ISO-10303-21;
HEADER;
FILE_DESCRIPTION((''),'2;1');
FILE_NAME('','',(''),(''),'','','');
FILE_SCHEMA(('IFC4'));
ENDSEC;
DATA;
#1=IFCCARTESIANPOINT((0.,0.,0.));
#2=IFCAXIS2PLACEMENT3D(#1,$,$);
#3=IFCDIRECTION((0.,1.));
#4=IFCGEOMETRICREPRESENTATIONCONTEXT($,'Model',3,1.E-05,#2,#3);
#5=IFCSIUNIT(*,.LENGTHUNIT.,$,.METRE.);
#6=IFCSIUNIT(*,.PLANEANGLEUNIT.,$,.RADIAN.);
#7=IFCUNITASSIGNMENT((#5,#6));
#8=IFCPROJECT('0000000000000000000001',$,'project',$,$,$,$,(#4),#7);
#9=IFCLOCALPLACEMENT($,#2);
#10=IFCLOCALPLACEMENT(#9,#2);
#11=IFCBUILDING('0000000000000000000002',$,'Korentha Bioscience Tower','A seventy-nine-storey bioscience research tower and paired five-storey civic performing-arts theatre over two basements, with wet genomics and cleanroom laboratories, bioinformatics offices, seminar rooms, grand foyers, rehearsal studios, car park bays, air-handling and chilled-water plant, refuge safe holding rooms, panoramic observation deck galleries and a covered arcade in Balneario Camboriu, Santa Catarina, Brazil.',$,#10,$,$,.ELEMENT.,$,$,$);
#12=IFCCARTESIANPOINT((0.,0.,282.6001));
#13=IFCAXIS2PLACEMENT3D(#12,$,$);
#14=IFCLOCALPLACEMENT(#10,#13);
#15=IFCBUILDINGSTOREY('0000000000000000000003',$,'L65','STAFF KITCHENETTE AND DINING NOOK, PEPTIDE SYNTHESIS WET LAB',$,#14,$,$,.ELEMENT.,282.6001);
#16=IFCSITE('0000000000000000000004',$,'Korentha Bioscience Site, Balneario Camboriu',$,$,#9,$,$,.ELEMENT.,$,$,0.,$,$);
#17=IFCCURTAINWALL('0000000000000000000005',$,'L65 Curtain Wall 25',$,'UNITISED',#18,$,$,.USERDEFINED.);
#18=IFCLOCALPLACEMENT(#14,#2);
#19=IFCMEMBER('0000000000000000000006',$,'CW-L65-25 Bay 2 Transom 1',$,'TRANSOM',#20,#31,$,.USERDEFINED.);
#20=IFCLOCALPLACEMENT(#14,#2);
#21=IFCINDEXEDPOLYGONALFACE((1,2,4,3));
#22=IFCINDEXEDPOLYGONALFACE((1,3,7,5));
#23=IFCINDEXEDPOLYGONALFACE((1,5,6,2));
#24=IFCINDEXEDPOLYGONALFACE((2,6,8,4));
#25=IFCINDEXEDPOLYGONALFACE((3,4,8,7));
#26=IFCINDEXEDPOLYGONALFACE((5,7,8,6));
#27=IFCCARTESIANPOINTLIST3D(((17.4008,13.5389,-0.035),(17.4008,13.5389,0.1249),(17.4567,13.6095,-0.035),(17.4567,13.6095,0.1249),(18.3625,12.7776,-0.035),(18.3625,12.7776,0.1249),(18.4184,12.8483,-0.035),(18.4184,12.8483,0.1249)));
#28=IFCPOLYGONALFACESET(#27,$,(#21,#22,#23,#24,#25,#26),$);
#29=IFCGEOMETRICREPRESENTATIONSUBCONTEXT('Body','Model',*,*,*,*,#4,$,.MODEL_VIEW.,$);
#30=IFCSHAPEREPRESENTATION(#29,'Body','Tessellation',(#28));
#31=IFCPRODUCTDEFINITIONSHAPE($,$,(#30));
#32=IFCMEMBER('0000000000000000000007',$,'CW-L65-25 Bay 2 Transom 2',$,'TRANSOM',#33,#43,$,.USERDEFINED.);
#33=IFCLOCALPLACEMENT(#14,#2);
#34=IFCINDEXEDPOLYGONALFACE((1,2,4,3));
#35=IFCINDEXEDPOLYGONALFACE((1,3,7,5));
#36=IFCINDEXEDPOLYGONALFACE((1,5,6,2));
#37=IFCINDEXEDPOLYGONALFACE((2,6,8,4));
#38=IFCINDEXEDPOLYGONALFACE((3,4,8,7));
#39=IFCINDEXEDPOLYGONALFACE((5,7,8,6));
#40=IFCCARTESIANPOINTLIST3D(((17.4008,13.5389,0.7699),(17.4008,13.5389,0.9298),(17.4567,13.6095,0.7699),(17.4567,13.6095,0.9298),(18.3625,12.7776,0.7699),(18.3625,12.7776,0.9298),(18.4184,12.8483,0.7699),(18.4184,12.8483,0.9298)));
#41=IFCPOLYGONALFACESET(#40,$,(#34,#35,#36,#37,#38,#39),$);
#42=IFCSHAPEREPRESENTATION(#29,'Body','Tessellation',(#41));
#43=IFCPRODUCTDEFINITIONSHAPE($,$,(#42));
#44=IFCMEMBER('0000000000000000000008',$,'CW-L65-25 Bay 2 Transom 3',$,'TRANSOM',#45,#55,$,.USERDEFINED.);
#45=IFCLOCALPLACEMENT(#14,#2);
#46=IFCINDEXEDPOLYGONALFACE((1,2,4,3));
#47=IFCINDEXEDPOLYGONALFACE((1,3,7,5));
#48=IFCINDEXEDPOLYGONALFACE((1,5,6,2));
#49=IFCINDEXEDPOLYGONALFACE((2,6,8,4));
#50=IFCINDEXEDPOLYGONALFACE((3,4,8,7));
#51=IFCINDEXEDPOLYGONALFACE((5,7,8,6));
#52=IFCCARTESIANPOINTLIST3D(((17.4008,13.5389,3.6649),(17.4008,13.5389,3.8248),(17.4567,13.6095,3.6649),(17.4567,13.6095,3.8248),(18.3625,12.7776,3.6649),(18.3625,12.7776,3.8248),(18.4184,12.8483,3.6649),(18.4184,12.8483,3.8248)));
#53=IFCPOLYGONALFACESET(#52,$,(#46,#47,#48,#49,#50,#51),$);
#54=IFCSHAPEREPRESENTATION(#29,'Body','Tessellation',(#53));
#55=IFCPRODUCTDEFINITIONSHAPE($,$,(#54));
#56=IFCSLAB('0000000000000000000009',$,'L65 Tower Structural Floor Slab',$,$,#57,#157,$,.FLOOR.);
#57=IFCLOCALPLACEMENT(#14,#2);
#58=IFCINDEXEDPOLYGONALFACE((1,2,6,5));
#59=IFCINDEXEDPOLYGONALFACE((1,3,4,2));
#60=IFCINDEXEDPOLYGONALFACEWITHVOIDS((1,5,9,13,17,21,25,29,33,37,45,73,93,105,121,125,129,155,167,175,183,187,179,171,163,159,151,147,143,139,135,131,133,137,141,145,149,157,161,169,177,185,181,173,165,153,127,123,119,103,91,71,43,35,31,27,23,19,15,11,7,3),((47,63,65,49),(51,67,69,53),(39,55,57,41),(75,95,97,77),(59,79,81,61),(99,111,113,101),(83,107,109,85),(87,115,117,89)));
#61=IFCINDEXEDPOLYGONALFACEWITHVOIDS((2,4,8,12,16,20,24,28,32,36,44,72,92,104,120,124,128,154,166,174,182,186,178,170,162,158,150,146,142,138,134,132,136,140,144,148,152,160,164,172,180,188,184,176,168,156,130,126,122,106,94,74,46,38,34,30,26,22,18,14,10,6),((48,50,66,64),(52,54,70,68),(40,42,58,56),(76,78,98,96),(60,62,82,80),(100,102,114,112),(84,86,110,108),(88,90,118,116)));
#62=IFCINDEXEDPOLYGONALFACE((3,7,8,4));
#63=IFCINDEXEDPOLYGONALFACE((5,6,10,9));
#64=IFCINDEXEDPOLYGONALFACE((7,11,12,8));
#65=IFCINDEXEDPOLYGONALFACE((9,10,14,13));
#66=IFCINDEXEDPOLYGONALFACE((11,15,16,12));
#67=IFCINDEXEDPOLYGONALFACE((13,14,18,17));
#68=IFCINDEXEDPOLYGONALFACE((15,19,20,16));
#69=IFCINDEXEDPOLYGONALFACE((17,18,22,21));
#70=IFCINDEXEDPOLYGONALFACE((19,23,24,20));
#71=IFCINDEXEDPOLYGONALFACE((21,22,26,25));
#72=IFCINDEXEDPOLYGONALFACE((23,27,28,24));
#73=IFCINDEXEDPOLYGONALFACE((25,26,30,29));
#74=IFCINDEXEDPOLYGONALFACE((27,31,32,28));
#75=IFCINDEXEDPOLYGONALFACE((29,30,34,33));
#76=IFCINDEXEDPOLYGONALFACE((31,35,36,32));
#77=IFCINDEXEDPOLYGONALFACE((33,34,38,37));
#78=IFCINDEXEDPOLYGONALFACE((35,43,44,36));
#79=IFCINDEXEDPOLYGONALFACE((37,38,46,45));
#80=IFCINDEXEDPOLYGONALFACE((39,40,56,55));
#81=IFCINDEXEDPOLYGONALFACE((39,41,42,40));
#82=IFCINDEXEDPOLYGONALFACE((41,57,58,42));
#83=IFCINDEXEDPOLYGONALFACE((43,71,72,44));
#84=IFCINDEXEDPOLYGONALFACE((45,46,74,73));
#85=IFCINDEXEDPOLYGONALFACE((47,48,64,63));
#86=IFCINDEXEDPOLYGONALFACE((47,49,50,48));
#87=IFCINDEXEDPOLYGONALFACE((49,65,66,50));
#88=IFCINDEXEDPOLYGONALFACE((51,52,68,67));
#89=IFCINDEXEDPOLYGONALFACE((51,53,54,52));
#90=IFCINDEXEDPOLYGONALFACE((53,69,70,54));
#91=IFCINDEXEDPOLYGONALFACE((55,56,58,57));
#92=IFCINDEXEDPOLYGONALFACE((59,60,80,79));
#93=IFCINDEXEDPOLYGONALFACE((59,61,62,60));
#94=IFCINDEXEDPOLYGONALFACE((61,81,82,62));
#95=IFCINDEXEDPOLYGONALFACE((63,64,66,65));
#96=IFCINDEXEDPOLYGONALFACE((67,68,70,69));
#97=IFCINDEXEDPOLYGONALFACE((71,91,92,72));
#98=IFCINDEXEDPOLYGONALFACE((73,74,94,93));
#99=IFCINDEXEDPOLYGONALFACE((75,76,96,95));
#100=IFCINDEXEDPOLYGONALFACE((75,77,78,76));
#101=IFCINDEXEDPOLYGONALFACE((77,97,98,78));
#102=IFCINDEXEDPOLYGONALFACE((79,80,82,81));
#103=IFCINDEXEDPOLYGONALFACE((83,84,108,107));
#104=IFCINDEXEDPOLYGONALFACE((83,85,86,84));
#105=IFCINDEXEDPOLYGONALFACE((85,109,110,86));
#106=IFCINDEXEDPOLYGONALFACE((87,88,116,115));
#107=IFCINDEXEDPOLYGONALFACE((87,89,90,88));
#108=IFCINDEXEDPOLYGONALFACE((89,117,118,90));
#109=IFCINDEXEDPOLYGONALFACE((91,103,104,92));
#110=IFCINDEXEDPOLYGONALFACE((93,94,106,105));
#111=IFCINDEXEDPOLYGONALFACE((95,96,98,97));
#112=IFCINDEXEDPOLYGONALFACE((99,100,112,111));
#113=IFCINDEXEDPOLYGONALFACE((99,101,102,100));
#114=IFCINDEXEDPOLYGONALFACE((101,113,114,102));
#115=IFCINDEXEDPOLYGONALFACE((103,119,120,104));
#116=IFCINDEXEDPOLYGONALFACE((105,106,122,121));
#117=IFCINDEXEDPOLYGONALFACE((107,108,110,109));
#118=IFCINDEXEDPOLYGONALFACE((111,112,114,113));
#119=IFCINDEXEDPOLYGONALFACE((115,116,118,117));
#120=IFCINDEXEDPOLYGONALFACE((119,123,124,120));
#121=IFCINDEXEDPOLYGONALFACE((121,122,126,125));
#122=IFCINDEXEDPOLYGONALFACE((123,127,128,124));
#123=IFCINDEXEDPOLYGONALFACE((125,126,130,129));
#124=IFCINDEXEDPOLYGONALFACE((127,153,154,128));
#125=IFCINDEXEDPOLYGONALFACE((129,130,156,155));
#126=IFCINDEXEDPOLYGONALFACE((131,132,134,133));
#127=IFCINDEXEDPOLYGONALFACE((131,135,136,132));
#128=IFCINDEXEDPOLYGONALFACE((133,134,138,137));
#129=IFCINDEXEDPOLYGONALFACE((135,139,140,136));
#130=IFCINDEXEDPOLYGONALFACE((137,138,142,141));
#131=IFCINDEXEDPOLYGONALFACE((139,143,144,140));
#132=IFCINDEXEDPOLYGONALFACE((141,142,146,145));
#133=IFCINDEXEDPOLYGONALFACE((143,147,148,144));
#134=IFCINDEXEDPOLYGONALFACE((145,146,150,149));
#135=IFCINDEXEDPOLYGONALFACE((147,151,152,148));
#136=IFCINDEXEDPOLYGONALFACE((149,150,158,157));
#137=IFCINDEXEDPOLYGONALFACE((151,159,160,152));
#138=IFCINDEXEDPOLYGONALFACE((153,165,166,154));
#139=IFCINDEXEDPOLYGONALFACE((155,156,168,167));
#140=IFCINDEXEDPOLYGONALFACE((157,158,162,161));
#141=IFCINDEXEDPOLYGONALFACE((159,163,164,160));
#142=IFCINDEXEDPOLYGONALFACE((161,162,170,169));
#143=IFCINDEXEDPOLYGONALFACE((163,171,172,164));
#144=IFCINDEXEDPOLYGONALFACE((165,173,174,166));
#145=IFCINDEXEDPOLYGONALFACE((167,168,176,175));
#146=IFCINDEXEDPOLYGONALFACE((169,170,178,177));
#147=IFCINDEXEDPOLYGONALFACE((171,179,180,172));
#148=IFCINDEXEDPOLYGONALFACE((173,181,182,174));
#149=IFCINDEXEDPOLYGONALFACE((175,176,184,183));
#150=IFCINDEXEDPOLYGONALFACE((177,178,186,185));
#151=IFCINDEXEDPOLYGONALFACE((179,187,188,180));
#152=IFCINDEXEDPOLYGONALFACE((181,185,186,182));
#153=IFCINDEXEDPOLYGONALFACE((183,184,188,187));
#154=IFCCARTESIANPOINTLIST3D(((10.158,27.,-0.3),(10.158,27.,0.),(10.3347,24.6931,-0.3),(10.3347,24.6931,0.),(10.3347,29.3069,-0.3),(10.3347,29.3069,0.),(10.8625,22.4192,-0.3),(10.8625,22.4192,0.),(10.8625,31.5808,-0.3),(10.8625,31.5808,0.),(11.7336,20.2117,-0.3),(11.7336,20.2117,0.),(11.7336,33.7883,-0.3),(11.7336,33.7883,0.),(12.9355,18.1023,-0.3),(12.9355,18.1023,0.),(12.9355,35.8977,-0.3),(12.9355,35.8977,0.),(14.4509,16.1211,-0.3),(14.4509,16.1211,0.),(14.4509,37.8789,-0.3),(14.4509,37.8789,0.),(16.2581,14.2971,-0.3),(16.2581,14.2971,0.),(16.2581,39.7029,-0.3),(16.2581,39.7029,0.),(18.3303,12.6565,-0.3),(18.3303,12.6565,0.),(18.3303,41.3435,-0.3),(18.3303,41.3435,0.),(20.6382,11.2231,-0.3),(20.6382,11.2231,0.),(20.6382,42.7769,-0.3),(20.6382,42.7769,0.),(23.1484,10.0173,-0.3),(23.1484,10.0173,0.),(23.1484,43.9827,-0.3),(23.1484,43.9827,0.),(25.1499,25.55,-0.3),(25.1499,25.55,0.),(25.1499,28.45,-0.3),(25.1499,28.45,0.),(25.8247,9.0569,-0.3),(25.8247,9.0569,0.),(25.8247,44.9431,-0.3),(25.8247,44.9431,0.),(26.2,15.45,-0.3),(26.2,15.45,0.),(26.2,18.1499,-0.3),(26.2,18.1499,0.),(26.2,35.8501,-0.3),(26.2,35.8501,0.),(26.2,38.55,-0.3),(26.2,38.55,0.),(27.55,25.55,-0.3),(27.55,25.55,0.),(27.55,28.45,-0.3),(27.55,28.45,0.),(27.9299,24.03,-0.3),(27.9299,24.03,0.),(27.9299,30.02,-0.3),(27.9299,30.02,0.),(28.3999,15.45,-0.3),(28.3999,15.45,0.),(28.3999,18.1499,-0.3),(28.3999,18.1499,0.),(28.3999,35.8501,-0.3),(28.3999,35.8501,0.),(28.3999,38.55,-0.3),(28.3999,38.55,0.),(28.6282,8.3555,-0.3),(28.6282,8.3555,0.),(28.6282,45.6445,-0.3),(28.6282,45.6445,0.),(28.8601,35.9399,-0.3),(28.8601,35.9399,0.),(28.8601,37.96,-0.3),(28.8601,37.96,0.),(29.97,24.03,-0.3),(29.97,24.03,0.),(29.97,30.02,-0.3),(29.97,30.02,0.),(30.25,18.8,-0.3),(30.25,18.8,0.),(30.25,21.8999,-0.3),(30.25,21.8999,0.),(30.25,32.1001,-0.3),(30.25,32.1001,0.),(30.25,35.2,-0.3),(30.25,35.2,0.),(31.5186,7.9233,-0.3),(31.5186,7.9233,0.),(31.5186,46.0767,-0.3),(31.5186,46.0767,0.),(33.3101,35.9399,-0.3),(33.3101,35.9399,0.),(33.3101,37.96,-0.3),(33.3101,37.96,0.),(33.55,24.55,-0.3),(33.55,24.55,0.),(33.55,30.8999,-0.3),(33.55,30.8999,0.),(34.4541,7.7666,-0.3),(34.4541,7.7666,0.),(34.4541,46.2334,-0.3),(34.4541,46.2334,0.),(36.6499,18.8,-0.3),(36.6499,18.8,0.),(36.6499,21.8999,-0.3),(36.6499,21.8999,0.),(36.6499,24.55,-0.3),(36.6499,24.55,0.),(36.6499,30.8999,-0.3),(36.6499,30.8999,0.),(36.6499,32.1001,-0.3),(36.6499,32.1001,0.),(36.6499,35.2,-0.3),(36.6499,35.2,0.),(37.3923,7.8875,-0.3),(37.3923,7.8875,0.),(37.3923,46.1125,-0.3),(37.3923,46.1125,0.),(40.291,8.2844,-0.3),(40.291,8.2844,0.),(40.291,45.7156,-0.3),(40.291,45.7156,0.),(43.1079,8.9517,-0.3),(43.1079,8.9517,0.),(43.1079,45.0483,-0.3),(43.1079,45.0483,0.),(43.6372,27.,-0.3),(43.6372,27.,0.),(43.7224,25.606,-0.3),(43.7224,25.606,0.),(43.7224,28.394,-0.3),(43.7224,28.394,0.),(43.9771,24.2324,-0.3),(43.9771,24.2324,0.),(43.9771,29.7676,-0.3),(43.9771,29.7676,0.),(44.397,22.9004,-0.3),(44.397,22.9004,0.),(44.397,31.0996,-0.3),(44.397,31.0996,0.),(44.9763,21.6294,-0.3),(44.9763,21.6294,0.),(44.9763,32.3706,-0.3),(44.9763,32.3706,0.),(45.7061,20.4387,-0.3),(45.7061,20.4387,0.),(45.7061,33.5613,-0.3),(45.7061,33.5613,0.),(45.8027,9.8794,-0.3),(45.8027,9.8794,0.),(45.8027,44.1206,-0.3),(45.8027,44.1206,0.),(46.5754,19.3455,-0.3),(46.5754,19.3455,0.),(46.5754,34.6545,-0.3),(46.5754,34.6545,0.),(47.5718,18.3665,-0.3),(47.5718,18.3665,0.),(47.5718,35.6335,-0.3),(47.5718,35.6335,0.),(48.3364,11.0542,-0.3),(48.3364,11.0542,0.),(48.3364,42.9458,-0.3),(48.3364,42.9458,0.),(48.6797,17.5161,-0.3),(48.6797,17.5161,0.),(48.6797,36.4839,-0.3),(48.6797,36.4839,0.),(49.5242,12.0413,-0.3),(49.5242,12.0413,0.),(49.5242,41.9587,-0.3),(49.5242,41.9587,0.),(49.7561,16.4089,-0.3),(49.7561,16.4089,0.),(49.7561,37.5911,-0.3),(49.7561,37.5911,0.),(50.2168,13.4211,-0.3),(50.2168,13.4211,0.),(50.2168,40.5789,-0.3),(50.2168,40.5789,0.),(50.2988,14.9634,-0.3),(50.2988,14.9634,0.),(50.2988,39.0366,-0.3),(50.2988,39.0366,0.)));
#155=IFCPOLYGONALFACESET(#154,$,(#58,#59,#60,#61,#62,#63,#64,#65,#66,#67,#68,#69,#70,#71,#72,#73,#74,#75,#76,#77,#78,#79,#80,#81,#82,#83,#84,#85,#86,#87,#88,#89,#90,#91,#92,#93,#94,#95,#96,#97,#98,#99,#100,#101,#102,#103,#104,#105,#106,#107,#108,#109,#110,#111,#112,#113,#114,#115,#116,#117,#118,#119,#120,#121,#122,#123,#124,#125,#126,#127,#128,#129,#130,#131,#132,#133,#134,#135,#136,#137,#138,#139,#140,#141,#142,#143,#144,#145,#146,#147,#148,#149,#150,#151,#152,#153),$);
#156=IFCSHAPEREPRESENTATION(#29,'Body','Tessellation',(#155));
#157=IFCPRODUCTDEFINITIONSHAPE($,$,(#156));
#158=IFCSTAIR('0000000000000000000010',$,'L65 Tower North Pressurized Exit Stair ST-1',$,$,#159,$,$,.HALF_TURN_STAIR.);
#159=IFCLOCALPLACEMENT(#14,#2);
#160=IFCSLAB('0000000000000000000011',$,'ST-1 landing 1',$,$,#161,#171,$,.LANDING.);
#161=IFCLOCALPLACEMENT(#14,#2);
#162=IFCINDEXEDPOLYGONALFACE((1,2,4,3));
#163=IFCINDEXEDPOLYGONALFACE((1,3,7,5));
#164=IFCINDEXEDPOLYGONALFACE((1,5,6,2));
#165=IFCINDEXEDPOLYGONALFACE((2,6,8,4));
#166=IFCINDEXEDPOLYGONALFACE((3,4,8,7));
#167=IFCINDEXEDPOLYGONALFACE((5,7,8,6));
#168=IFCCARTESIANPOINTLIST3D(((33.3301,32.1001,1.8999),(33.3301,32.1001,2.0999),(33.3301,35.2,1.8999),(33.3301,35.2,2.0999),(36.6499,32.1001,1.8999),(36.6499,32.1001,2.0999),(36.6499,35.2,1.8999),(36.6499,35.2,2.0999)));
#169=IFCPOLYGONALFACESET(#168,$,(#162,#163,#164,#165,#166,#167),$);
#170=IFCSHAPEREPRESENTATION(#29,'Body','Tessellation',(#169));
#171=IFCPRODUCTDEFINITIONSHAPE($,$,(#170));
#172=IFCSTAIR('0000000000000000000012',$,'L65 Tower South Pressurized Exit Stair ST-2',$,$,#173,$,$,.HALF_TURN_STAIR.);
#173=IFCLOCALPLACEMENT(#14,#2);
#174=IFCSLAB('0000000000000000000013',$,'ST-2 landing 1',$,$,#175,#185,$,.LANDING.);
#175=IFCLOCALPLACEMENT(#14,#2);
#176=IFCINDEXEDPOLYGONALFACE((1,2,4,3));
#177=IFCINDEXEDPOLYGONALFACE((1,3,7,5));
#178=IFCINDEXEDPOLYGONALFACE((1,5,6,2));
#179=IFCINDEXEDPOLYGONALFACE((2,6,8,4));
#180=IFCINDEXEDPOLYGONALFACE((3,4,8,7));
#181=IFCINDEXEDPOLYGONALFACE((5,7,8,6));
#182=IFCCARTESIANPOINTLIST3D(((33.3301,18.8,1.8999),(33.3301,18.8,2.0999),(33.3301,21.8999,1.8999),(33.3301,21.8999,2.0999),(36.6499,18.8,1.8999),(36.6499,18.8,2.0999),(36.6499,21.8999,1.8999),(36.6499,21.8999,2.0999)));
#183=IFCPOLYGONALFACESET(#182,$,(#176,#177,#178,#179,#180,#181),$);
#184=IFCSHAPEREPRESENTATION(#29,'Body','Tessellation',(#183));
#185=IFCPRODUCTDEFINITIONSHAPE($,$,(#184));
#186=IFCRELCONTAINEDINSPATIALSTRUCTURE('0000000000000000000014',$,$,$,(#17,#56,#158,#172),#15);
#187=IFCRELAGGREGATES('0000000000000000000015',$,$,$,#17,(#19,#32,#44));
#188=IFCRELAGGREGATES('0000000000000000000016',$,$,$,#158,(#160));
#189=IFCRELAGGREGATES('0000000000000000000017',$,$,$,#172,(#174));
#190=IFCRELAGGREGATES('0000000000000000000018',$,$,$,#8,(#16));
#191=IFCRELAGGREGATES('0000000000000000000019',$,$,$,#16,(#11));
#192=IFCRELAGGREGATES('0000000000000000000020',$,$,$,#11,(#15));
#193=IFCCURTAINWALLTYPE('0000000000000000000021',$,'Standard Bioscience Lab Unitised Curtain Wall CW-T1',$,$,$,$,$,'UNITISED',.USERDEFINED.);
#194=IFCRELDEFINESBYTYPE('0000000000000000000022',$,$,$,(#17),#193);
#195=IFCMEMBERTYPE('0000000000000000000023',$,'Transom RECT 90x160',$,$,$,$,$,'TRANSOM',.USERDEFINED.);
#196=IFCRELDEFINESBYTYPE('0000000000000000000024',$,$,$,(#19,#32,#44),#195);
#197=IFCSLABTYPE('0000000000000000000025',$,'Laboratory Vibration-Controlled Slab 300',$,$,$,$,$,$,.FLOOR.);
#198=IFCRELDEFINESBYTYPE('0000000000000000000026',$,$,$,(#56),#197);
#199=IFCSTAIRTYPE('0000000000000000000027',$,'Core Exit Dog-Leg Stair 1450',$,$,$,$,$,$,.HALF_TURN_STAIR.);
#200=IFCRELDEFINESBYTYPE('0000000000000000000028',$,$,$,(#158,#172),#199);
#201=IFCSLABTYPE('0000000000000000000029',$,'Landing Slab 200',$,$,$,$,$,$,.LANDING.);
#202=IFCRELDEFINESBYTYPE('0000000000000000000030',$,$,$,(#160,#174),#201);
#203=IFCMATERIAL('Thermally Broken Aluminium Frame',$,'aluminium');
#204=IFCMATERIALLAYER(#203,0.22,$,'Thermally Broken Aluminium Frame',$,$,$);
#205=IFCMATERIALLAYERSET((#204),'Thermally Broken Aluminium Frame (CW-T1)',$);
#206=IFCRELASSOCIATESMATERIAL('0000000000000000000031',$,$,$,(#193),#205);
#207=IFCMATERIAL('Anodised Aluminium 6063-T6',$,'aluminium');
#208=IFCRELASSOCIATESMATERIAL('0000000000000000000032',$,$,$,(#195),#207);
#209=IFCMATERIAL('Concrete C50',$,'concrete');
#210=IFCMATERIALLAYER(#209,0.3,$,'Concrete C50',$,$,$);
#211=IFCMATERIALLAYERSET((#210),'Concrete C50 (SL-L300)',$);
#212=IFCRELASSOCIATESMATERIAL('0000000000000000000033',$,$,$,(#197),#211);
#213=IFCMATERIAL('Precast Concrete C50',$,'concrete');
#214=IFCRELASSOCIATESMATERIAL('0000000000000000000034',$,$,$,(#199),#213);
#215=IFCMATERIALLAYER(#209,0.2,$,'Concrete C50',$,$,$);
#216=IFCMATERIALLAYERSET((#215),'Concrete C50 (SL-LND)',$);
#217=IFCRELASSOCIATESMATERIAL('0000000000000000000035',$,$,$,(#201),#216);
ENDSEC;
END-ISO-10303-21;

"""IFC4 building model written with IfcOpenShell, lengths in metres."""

from ifc_helpers import new_model, si_unit, direction, frame, origin, origin_2d, place, context, subcontext, project, spatial, polyline, rectangle, outline, extrude, material, layer, layer_set, material_profile, profile_set, type_object, element, aggregate, save


model = new_model("IFC4")

# Units and contexts
model_context = context("Model", 3, precision=1e-05, world=origin(), true_north=direction((0.0, 1.0)))
body_context = subcontext(model_context, "Body", "Model", "MODEL_VIEW")
ifc_project = project(units=[si_unit("LENGTHUNIT", "METRE"), si_unit("PLANEANGLEUNIT", "RADIAN")], contexts=[model_context])

# Site, building, storey
site_placement = place(None, origin())
site = spatial("IfcSite", under=ifc_project, at=site_placement, Name="Korentha Bioscience Site, Balneario Camboriu", CompositionType="ELEMENT", RefElevation=0.0)
building_placement = place(site_placement, origin())
building = spatial("IfcBuilding", under=site, at=building_placement, Name="Korentha Bioscience Tower", Description="A seventy-nine-storey bioscience research tower and paired five-storey civic performing-arts theatre over two basements, with wet genomics and cleanroom laboratories, bioinformatics offices, seminar rooms, grand foyers, rehearsal studios, car park bays, air-handling and chilled-water plant, refuge safe holding rooms, panoramic observation deck galleries and a covered arcade in Balneario Camboriu, Santa Catarina, Brazil.", CompositionType="ELEMENT")
storey_placement = place(building_placement, frame((0.0, 0.0, 282.6001)))
storey = spatial("IfcBuildingStorey", under=building, at=storey_placement, Name="L65", Description="STAFF KITCHENETTE AND DINING NOOK, PEPTIDE SYNTHESIS WET LAB", CompositionType="ELEMENT", Elevation=282.6001)

# Curtain wall, members
ifc_material_1 = material(Name="Thermally Broken Aluminium Frame", Category="aluminium")
ifc_layer_1 = layer(ifc_material_1, 0.22, Name="Thermally Broken Aluminium Frame")
ifc_layer_set_1 = layer_set([ifc_layer_1], Name="Thermally Broken Aluminium Frame (CW-T1)")
curtain_wall_type = type_object("IfcCurtainWallType", Name="Standard Bioscience Lab Unitised Curtain Wall CW-T1", ElementType="UNITISED", PredefinedType="USERDEFINED", material=ifc_layer_set_1)
curtain_wall_placement = place(storey_placement, origin())
curtain_wall = element("IfcCurtainWall", 1, at=curtain_wall_placement, inside=storey, type_object=curtain_wall_type, Name="L65 Curtain Wall 25", ObjectType="UNITISED", PredefinedType="USERDEFINED")
ifc_material_2 = material(Name="Anodised Aluminium 6063-T6", Category="aluminium")
ifc_material_profile = material_profile(ifc_material_2, rectangle(XDim=0.0901, YDim=0.1599, at=origin_2d()), Name="Anodised Aluminium 6063-T6")
ifc_profile_set = profile_set([ifc_material_profile], Name="Anodised Aluminium 6063-T6 (CW-TRN)")
member_type = type_object("IfcMemberType", Name="Transom RECT 90x160", ElementType="TRANSOM", PredefinedType="USERDEFINED", material=ifc_profile_set)
member_1_placement = place(storey_placement, frame((17.4287, 13.5742, 0.0449), z_axis=(0.784082, -0.620657, 0.0), x_axis=(0.620657, 0.784082, 0.0)))
member_1 = element("IfcMember", 2, at=member_1_placement, type_object=member_type, Name="CW-L65-25 Bay 2 Transom 1", ObjectType="TRANSOM", PredefinedType="USERDEFINED", context=body_context, shape_type="SweptSolid", body=[
    extrude(rectangle(XDim=0.0901, YDim=0.1599, at=origin_2d()), origin(), (0.0, 0.0, 1.0), 1.2266),
])
member_2_placement = place(storey_placement, frame((17.4287, 13.5742, 0.8499), z_axis=(0.784082, -0.620657, 0.0), x_axis=(0.620657, 0.784082, 0.0)))
member_2 = element("IfcMember", 3, at=member_2_placement, type_object=member_type, Name="CW-L65-25 Bay 2 Transom 2", ObjectType="TRANSOM", PredefinedType="USERDEFINED", context=body_context, shape_type="SweptSolid", body=[
    extrude(rectangle(XDim=0.0901, YDim=0.1599, at=origin_2d()), origin(), (0.0, 0.0, 1.0), 1.2266),
])
member_3_placement = place(storey_placement, frame((17.4287, 13.5742, 3.7449), z_axis=(0.784082, -0.620657, 0.0), x_axis=(0.620657, 0.784082, 0.0)))
member_3 = element("IfcMember", 4, at=member_3_placement, type_object=member_type, Name="CW-L65-25 Bay 2 Transom 3", ObjectType="TRANSOM", PredefinedType="USERDEFINED", context=body_context, shape_type="SweptSolid", body=[
    extrude(rectangle(XDim=0.0901, YDim=0.1599, at=origin_2d()), origin(), (0.0, 0.0, 1.0), 1.2266),
])
aggregate(curtain_wall, [member_1, member_2, member_3])

# Slab
ifc_material_3 = material(Name="Concrete C50", Category="concrete")
ifc_layer_2 = layer(ifc_material_3, 0.3, Name="Concrete C50")
ifc_layer_set_2 = layer_set([ifc_layer_2], Name="Concrete C50 (SL-L300)")
slab_type_1 = type_object("IfcSlabType", Name="Laboratory Vibration-Controlled Slab 300", PredefinedType="FLOOR", material=ifc_layer_set_2)
slab_1_placement = place(storey_placement, frame((0.0, 0.0, -0.3)))
element("IfcSlab", 5, at=slab_1_placement, inside=storey, type_object=slab_type_1, Name="L65 Tower Structural Floor Slab", PredefinedType="FLOOR", context=body_context, shape_type="SweptSolid", body=[
    extrude(outline(polyline([(48.3364, 42.9458), (45.8027, 44.1206), (43.1079, 45.0483), (40.291, 45.7156), (37.3923, 46.1125), (34.4541, 46.2334), (31.5186, 46.0767), (28.6282, 45.6445), (25.8247, 44.9431), (23.1484, 43.9827), (20.6382, 42.7769), (18.3303, 41.3435), (16.2581, 39.7029), (14.4509, 37.8789), (12.9355, 35.8977), (11.7336, 33.7883), (10.8625, 31.5808), (10.3347, 29.3069), (10.158, 27.0), (10.3347, 24.6931), (10.8625, 22.4192), (11.7336, 20.2117), (12.9355, 18.1023), (14.4509, 16.1211), (16.2581, 14.2971), (18.3303, 12.6565), (20.6382, 11.2231), (23.1484, 10.0173), (25.8247, 9.0569), (28.6282, 8.3555), (31.5186, 7.9233), (34.4541, 7.7666), (37.3923, 7.8875), (40.291, 8.2844), (43.1079, 8.9517), (45.8027, 9.8794), (48.3364, 11.0542), (49.5242, 12.0413), (50.2168, 13.4211), (50.2988, 14.9634), (49.7561, 16.4089), (48.6797, 17.5161), (47.5718, 18.3665), (46.5754, 19.3455), (45.7061, 20.4387), (44.9763, 21.6294), (44.397, 22.9004), (43.9771, 24.2324), (43.7224, 25.606), (43.6372, 27.0), (43.7224, 28.394), (43.9771, 29.7676), (44.397, 31.0996), (44.9763, 32.3706), (45.7061, 33.5613), (46.5754, 34.6545), (47.5718, 35.6335), (48.6797, 36.4839), (49.7561, 37.5911), (50.2988, 39.0366), (50.2168, 40.5789), (49.5242, 41.9587), (48.3364, 42.9458)]), holes=[polyline([(30.25, 32.1001), (36.6499, 32.1001), (36.6499, 35.2), (30.25, 35.2), (30.25, 32.1001)]), polyline([(30.25, 18.8), (36.6499, 18.8), (36.6499, 21.8999), (30.25, 21.8999), (30.25, 18.8)]), polyline([(36.6499, 24.55), (36.6499, 30.8999), (33.55, 30.8999), (33.55, 24.55), (36.6499, 24.55)]), polyline([(27.9299, 24.03), (29.97, 24.03), (29.97, 30.02), (27.9299, 30.02), (27.9299, 24.03)]), polyline([(28.8601, 35.9399), (33.3101, 35.9399), (33.3101, 37.96), (28.8601, 37.96), (28.8601, 35.9399)]), polyline([(26.2, 15.45), (28.3999, 15.45), (28.3999, 18.1499), (26.2, 18.1499), (26.2, 15.45)]), polyline([(26.2, 35.8501), (28.3999, 35.8501), (28.3999, 38.55), (26.2, 38.55), (26.2, 35.8501)]), polyline([(25.1499, 25.55), (27.55, 25.55), (27.55, 28.45), (25.1499, 28.45), (25.1499, 25.55)])]), origin(), (0.0, 0.0, 1.0), 0.3),
])

# Stairs, slabs
ifc_material_4 = material(Name="Precast Concrete C50", Category="concrete")
stair_type = type_object("IfcStairType", Name="Core Exit Dog-Leg Stair 1450", PredefinedType="HALF_TURN_STAIR", material=ifc_material_4)
stair_1_placement = place(storey_placement, origin())
stair_1 = element("IfcStair", 6, at=stair_1_placement, inside=storey, type_object=stair_type, Name="L65 Tower North Pressurized Exit Stair ST-1", PredefinedType="HALF_TURN_STAIR")
ifc_layer_3 = layer(ifc_material_3, 0.2, Name="Concrete C50")
ifc_layer_set_3 = layer_set([ifc_layer_3], Name="Concrete C50 (SL-LND)")
slab_type_2 = type_object("IfcSlabType", Name="Landing Slab 200", PredefinedType="LANDING", material=ifc_layer_set_3)
slab_2_placement = place(storey_placement, frame((0.0, 0.0, 1.8999)))
slab_2 = element("IfcSlab", 7, at=slab_2_placement, type_object=slab_type_2, Name="ST-1 landing 1", PredefinedType="LANDING", context=body_context, shape_type="SweptSolid", body=[
    extrude(outline(polyline([(33.3301, 32.1001), (36.6499, 32.1001), (36.6499, 35.2), (33.3301, 35.2), (33.3301, 32.1001)])), origin(), (0.0, 0.0, 1.0), 0.2),
])
aggregate(stair_1, [slab_2])
stair_2_placement = place(storey_placement, origin())
stair_2 = element("IfcStair", 8, at=stair_2_placement, inside=storey, type_object=stair_type, Name="L65 Tower South Pressurized Exit Stair ST-2", PredefinedType="HALF_TURN_STAIR")
slab_3_placement = place(storey_placement, frame((0.0, 0.0, 1.8999)))
slab_3 = element("IfcSlab", 9, at=slab_3_placement, type_object=slab_type_2, Name="ST-2 landing 1", PredefinedType="LANDING", context=body_context, shape_type="SweptSolid", body=[
    extrude(outline(polyline([(33.3301, 18.8), (36.6499, 18.8), (36.6499, 21.8999), (33.3301, 21.8999), (33.3301, 18.8)])), origin(), (0.0, 0.0, 1.0), 0.2),
])
aggregate(stair_2, [slab_3])

save(model, "model.ifc")
